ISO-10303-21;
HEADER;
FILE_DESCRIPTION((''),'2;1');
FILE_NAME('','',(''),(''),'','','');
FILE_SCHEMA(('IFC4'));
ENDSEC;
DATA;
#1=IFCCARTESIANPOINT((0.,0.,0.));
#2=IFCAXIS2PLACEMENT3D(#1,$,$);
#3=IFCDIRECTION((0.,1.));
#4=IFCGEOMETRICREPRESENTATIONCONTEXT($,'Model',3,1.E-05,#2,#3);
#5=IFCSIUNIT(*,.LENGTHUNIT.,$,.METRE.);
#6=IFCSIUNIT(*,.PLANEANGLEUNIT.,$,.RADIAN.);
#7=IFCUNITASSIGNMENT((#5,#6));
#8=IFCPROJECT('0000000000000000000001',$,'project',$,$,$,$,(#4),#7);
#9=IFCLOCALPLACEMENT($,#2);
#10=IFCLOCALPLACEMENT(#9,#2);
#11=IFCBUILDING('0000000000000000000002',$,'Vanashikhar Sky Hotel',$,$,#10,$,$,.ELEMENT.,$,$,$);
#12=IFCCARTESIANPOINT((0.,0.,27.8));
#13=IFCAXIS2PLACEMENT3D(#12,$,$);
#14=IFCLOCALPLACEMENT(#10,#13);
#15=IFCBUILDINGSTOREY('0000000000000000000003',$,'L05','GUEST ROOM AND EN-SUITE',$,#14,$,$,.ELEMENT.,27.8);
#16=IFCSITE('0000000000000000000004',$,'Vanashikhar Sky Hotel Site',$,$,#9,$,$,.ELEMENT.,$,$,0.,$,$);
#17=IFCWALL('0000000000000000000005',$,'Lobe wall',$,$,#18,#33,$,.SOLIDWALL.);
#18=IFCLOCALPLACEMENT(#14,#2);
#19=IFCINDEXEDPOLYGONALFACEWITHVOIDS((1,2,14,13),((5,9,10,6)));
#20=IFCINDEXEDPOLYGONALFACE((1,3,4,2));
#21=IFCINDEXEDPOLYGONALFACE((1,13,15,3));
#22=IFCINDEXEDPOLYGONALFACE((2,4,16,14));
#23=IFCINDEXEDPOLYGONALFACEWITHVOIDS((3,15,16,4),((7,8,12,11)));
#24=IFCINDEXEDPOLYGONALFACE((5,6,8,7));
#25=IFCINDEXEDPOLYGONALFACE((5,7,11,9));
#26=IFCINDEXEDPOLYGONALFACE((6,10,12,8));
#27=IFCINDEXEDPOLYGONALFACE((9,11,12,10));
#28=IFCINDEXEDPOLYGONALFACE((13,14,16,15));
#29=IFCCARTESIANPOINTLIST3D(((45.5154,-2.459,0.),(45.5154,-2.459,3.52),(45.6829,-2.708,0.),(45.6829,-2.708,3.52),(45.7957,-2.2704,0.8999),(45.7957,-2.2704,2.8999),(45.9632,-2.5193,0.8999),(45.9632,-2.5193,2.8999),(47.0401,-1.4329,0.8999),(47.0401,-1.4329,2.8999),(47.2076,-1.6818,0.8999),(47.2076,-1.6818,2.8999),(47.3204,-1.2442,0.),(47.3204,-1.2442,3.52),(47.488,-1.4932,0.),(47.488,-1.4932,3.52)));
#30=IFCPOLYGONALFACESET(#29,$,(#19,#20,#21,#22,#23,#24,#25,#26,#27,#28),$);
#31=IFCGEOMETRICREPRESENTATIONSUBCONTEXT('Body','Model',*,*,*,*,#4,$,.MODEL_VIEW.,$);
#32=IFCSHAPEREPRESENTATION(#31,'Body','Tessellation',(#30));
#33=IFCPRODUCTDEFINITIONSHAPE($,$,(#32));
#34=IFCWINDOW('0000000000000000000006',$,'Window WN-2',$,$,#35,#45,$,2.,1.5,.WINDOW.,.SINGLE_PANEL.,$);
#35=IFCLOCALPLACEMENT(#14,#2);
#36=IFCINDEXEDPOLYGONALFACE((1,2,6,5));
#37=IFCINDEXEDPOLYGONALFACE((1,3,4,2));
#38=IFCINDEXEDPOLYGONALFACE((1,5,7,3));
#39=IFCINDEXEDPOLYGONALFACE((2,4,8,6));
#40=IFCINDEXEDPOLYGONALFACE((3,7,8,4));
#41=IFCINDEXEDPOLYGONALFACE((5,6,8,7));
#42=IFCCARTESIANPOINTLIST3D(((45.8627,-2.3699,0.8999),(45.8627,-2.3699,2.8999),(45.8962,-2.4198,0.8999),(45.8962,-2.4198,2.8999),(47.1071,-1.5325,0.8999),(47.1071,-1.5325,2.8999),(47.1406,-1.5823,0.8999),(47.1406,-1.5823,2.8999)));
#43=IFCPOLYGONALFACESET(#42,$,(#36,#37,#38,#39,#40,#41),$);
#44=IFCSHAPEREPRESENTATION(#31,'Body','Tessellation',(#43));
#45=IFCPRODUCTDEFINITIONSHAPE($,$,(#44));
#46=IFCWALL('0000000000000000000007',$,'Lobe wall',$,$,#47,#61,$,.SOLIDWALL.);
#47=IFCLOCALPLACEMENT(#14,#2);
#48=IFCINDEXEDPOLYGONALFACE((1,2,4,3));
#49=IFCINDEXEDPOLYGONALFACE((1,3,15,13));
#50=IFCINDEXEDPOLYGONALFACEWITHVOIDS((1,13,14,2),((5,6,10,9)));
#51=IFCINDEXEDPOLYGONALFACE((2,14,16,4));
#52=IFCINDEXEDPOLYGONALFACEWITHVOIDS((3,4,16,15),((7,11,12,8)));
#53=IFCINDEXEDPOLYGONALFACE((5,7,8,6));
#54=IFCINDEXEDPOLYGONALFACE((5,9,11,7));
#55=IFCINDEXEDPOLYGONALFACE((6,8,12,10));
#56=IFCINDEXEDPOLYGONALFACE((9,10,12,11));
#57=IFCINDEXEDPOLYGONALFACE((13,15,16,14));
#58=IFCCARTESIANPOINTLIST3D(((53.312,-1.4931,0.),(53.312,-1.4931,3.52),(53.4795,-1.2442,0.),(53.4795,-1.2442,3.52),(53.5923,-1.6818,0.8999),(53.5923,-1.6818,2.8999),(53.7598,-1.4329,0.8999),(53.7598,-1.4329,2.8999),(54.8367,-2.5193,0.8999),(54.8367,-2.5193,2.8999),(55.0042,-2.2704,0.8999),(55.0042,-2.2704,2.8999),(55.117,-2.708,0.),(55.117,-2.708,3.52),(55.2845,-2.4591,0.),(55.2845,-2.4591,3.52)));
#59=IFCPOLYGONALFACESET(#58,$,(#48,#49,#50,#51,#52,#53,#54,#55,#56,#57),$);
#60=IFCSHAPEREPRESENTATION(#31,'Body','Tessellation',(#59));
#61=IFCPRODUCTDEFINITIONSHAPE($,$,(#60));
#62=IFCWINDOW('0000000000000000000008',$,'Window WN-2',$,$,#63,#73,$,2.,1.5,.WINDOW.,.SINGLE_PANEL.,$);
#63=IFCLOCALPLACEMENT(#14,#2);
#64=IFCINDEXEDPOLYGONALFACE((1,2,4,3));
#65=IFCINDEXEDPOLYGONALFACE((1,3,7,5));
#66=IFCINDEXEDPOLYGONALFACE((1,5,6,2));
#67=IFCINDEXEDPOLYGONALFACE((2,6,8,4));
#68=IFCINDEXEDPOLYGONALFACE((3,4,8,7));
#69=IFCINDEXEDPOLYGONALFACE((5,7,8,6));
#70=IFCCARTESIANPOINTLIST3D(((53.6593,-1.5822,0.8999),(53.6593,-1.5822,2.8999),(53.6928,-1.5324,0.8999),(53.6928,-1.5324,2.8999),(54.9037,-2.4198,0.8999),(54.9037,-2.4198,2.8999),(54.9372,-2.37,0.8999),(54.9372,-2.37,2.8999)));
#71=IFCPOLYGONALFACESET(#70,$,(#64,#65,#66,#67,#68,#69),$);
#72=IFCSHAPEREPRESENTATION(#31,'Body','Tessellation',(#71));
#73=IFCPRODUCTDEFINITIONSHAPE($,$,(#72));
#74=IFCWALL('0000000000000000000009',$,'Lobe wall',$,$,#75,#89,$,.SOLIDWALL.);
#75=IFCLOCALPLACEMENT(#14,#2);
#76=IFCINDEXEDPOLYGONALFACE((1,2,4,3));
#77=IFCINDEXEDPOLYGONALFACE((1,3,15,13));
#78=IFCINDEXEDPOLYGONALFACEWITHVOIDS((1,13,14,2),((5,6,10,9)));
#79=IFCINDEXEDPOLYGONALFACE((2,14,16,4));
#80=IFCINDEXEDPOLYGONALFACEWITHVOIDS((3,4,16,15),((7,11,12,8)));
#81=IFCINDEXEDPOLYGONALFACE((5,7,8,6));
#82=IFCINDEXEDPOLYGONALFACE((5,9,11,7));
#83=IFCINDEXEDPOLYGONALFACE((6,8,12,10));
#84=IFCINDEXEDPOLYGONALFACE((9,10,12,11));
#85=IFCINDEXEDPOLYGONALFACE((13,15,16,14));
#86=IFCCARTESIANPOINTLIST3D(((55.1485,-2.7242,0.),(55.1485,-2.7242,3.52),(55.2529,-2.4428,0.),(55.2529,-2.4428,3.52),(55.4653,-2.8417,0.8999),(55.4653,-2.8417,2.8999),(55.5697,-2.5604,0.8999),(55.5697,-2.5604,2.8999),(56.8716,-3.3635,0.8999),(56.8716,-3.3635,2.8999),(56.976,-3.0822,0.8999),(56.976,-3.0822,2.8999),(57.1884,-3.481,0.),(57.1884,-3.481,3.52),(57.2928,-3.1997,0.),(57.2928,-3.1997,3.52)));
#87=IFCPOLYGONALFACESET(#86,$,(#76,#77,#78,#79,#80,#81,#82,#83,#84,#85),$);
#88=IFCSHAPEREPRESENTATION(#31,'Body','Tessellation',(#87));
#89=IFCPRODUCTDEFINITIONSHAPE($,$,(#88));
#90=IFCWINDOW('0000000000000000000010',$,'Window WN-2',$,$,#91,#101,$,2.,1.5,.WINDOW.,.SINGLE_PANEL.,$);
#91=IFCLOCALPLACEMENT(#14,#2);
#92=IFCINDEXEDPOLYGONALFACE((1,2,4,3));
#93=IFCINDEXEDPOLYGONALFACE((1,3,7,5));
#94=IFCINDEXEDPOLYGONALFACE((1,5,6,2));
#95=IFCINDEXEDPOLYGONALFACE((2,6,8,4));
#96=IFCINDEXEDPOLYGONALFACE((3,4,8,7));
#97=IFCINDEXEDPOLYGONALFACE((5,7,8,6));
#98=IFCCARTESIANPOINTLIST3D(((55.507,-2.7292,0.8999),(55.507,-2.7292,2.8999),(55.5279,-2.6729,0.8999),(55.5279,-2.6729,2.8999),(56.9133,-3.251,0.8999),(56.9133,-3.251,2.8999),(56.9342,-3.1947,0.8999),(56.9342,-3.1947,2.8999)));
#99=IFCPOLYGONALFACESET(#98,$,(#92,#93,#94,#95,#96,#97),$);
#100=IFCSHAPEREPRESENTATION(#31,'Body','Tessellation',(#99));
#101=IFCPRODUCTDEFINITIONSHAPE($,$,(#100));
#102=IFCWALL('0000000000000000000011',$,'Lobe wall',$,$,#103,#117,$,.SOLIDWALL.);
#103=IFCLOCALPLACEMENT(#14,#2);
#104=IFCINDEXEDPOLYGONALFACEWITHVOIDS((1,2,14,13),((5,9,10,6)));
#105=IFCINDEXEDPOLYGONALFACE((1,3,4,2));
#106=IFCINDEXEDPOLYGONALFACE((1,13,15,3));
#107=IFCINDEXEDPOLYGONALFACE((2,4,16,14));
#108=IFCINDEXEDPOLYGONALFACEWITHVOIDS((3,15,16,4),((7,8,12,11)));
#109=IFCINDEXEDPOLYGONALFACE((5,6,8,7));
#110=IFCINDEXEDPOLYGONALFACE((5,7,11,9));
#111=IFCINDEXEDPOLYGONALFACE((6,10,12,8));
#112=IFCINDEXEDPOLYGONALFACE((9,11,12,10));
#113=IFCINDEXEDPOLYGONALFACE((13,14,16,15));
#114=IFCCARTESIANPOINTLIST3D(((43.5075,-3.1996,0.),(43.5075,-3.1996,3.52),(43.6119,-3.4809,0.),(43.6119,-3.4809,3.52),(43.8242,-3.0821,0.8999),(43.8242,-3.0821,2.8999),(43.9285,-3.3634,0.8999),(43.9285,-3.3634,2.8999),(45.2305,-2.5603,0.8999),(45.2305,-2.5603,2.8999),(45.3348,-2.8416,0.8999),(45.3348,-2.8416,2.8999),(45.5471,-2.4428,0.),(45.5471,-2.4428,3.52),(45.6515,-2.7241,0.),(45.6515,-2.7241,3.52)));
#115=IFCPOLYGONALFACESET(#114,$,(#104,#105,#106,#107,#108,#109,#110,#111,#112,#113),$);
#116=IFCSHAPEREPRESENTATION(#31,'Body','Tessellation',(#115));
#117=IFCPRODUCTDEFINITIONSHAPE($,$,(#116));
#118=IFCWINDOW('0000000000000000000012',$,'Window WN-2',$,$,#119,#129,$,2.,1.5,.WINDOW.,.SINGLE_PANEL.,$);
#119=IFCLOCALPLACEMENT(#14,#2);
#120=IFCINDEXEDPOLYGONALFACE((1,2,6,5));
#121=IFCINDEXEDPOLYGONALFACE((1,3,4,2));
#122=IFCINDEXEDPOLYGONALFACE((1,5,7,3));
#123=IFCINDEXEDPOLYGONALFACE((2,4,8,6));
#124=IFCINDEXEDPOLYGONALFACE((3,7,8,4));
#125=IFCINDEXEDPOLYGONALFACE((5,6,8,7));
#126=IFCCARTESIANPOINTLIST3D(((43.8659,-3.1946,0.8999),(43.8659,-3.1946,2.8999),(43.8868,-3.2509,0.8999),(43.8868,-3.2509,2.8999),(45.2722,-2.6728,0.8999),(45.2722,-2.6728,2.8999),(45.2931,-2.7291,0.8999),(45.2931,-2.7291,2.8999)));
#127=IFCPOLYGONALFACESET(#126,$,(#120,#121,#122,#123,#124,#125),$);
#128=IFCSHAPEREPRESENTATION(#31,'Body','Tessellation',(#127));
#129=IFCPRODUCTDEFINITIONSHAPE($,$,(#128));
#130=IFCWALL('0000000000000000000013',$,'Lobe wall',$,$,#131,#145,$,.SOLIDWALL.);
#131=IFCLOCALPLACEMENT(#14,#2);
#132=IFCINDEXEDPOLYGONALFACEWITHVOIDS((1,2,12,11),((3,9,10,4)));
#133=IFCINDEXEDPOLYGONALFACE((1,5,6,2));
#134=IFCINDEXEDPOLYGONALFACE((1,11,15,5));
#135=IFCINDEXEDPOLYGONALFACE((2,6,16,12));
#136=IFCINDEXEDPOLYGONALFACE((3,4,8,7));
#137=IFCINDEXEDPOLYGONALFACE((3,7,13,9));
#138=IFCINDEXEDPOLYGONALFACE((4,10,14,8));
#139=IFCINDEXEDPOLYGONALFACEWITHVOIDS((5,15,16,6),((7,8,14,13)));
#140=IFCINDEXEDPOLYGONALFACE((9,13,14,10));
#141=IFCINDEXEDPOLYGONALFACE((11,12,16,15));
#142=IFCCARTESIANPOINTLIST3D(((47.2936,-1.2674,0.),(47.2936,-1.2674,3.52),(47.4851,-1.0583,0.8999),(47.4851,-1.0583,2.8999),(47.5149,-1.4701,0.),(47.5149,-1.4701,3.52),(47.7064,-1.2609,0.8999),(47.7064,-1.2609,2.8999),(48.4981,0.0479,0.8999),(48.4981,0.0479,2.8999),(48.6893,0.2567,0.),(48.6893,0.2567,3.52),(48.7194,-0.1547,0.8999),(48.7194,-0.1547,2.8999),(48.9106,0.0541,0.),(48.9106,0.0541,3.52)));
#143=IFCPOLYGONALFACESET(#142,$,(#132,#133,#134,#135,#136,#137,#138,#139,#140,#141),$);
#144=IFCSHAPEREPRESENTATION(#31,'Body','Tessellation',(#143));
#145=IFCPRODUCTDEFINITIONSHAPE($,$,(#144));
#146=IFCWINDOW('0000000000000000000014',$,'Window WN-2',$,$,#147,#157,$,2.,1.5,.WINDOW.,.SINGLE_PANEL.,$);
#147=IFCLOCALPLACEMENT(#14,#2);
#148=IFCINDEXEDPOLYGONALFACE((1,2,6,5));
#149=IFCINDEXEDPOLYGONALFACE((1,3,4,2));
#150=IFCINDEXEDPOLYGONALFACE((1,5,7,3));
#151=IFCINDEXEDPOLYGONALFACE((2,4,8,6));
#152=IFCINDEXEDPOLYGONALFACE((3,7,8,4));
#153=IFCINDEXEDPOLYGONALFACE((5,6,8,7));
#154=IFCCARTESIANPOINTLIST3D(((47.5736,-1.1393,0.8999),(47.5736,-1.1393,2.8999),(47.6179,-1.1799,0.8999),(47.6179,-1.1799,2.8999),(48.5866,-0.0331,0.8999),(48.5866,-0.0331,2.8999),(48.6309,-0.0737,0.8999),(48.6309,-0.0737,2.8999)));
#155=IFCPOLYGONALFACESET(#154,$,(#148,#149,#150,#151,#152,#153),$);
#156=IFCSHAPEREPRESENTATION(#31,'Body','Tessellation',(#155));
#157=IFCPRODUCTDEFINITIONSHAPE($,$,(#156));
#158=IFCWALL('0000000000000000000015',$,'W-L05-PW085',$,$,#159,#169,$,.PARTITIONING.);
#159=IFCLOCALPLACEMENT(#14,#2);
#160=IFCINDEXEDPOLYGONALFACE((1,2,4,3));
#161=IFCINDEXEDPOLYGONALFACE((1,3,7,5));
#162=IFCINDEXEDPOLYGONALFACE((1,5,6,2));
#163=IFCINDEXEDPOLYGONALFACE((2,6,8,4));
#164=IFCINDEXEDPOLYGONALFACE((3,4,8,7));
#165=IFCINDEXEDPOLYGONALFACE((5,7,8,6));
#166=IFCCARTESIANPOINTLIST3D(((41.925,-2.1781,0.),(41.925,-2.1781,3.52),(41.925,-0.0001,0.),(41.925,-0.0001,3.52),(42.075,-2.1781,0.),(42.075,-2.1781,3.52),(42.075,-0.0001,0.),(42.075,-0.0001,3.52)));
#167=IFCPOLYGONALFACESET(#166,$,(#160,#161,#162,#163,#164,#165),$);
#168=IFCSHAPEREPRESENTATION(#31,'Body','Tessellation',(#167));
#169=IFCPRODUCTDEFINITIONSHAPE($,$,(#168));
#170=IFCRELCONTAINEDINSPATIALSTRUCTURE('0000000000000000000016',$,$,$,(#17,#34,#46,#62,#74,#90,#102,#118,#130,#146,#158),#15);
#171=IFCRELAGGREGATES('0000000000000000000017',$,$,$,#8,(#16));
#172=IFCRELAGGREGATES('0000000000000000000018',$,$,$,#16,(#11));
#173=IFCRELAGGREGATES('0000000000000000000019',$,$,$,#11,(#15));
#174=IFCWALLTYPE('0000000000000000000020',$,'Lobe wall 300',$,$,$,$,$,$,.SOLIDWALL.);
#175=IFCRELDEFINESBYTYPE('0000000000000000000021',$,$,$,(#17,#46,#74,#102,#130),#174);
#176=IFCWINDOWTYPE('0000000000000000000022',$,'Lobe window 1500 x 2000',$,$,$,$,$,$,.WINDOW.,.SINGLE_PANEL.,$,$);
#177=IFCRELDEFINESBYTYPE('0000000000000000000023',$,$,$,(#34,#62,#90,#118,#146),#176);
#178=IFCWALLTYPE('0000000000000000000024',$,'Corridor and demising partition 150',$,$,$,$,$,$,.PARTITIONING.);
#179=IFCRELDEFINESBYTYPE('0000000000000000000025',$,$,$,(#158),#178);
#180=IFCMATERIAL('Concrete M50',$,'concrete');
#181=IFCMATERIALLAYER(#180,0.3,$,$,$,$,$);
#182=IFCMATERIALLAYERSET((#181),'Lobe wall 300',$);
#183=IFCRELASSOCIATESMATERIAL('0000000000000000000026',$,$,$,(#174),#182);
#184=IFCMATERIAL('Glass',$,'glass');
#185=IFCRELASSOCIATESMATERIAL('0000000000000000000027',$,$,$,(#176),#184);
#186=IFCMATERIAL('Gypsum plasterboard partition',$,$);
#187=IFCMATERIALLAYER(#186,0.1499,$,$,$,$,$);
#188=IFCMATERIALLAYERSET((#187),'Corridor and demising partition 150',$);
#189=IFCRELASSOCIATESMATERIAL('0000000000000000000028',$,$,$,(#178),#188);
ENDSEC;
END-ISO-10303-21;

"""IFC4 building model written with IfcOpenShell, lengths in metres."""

from ifc_helpers import new_model, si_unit, direction, frame, frame_2d, origin, place, context, subcontext, project, spatial, rectangle, extrude, source, transform, mapped, material, layer, layer_set, type_object, element, fill, save


model = new_model("IFC4")

# Units and contexts
model_context = context("Model", 3, precision=1e-05, world=origin(), true_north=direction((0.0, 1.0)))
body_context = subcontext(model_context, "Body", "Model", "MODEL_VIEW")
ifc_project = project(units=[si_unit("LENGTHUNIT", "METRE"), si_unit("PLANEANGLEUNIT", "RADIAN")], contexts=[model_context])

# Site, building, storey
site_placement = place(None, origin())
site = spatial("IfcSite", under=ifc_project, at=site_placement, Name="Vanashikhar Sky Hotel Site", CompositionType="ELEMENT", RefElevation=0.0)
building_placement = place(site_placement, origin())
building = spatial("IfcBuilding", under=site, at=building_placement, Name="Vanashikhar Sky Hotel", CompositionType="ELEMENT")
storey_placement = place(building_placement, frame((0.0, 0.0, 27.8)))
storey = spatial("IfcBuildingStorey", under=building, at=storey_placement, Name="L05", Description="GUEST ROOM AND EN-SUITE", CompositionType="ELEMENT", Elevation=27.8)

# Walls, openings, windows
ifc_material_1 = material(Name="Concrete M50", Category="concrete")
ifc_layer_1 = layer(ifc_material_1, 0.3)
ifc_layer_set_1 = layer_set([ifc_layer_1], Name="Lobe wall 300")
wall_type_1 = type_object("IfcWallType", Name="Lobe wall 300", PredefinedType="SOLIDWALL", material=ifc_layer_set_1)
shared_shape_1 = source(origin(), body_context, "Body", "SweptSolid", [
    extrude(rectangle(XDim=2.1758, YDim=0.3, at=frame_2d((1.0879, 0.0))), origin(), (0.0, 0.0, 1.0), 3.52),
])
wall_1_placement = place(storey_placement, frame((45.5991, -2.5835, 0.0), z_axis=(0.0, 0.0, 1.0), x_axis=(0.829626, 0.55832, 0.0)))
wall_1 = element("IfcWall", 1, at=wall_1_placement, inside=storey, type_object=wall_type_1, Name="Lobe wall", PredefinedType="SOLIDWALL", context=body_context, shape_type="MappedRepresentation", body=[
    mapped(shared_shape_1, transform((0.0, 0.0, 0.0), scale=1.0)),
])
shared_shape_2 = source(origin(), body_context, "Body", "SweptSolid", [
    extrude(rectangle(XDim=1.5, YDim=2.0, at=frame_2d((0.75, 1.0))), frame((0.0, 0.1602, 0.0), z_axis=(0.0, -1.0, 0.0), x_axis=(1.0, 0.0, 0.0)), (0.0, 0.0, 1.0), 0.3201),
])
opening_1_placement = place(wall_1_placement, frame((0.3379, 0.0, 0.8999)))
opening_1 = element("IfcOpeningElement", 2, at=opening_1_placement, cuts=wall_1, PredefinedType="OPENING", context=body_context, shape_type="MappedRepresentation", body=[
    mapped(shared_shape_2, transform((0.0, 0.0, 0.0), scale=1.0)),
])
ifc_material_2 = material(Name="Glass", Category="glass")
window_type = type_object("IfcWindowType", Name="Lobe window 1500 x 2000", PartitioningType="SINGLE_PANEL", PredefinedType="WINDOW", material=ifc_material_2)
shared_shape_3 = source(origin(), body_context, "Body", "SweptSolid", [
    extrude(rectangle(XDim=1.5, YDim=2.0, at=frame_2d((0.75, 1.0))), frame((0.0, 0.03, 0.0), z_axis=(0.0, -1.0, 0.0), x_axis=(1.0, 0.0, 0.0)), (0.0, 0.0, 1.0), 0.0601),
])
window_1_placement = place(opening_1_placement, origin())
window_1 = element("IfcWindow", 3, at=window_1_placement, inside=storey, type_object=window_type, Name="Window WN-2", OverallHeight=2.0, OverallWidth=1.5, PartitioningType="SINGLE_PANEL", PredefinedType="WINDOW", context=body_context, shape_type="MappedRepresentation", body=[
    mapped(shared_shape_3, transform((0.0, 0.0, 0.0), scale=1.0)),
])
fill(opening_1, window_1)
wall_2_placement = place(storey_placement, frame((53.3958, -1.3687, 0.0), z_axis=(0.0, 0.0, 1.0), x_axis=(0.829591, -0.558372, 0.0)))
wall_2 = element("IfcWall", 4, at=wall_2_placement, inside=storey, type_object=wall_type_1, Name="Lobe wall", PredefinedType="SOLIDWALL", context=body_context, shape_type="MappedRepresentation", body=[
    mapped(shared_shape_1, transform((0.0, 0.0, 0.0), scale=1.0)),
])
opening_2_placement = place(wall_2_placement, frame((0.3379, 0.0, 0.8999)))
opening_2 = element("IfcOpeningElement", 5, at=opening_2_placement, cuts=wall_2, PredefinedType="OPENING", context=body_context, shape_type="MappedRepresentation", body=[
    mapped(shared_shape_2, transform((0.0, 0.0, 0.0), scale=1.0)),
])
window_2_placement = place(opening_2_placement, origin())
window_2 = element("IfcWindow", 6, at=window_2_placement, inside=storey, type_object=window_type, Name="Window WN-2", OverallHeight=2.0, OverallWidth=1.5, PartitioningType="SINGLE_PANEL", PredefinedType="WINDOW", context=body_context, shape_type="MappedRepresentation", body=[
    mapped(shared_shape_3, transform((0.0, 0.0, 0.0), scale=1.0)),
])
fill(opening_2, window_2)
wall_3_placement = place(storey_placement, frame((55.2007, -2.5835, 0.0), z_axis=(0.0, 0.0, 1.0), x_axis=(0.937546, -0.347863, 0.0)))
wall_3 = element("IfcWall", 7, at=wall_3_placement, inside=storey, type_object=wall_type_1, Name="Lobe wall", PredefinedType="SOLIDWALL", context=body_context, shape_type="MappedRepresentation", body=[
    mapped(shared_shape_1, transform((0.0, 0.0, 0.0), scale=1.0)),
])
opening_3_placement = place(wall_3_placement, frame((0.3379, 0.0, 0.8999)))
opening_3 = element("IfcOpeningElement", 8, at=opening_3_placement, cuts=wall_3, PredefinedType="OPENING", context=body_context, shape_type="MappedRepresentation", body=[
    mapped(shared_shape_2, transform((0.0, 0.0, 0.0), scale=1.0)),
])
window_3_placement = place(opening_3_placement, origin())
window_3 = element("IfcWindow", 9, at=window_3_placement, inside=storey, type_object=window_type, Name="Window WN-2", OverallHeight=2.0, OverallWidth=1.5, PartitioningType="SINGLE_PANEL", PredefinedType="WINDOW", context=body_context, shape_type="MappedRepresentation", body=[
    mapped(shared_shape_3, transform((0.0, 0.0, 0.0), scale=1.0)),
])
fill(opening_3, window_3)
shared_shape_4 = source(origin(), body_context, "Body", "SweptSolid", [
    extrude(rectangle(XDim=2.1755, YDim=0.3, at=frame_2d((1.0879, 0.0))), origin(), (0.0, 0.0, 1.0), 3.52),
])
wall_4_placement = place(storey_placement, frame((43.5596, -3.3403, 0.0), z_axis=(0.0, 0.0, 1.0), x_axis=(0.937532, 0.347899, 0.0)))
wall_4 = element("IfcWall", 10, at=wall_4_placement, inside=storey, type_object=wall_type_1, Name="Lobe wall", PredefinedType="SOLIDWALL", context=body_context, shape_type="MappedRepresentation", body=[
    mapped(shared_shape_4, transform((0.0, 0.0, 0.0), scale=1.0)),
])
opening_4_placement = place(wall_4_placement, frame((0.3379, 0.0, 0.8999)))
opening_4 = element("IfcOpeningElement", 11, at=opening_4_placement, cuts=wall_4, PredefinedType="OPENING", context=body_context, shape_type="MappedRepresentation", body=[
    mapped(shared_shape_2, transform((0.0, 0.0, 0.0), scale=1.0)),
])
window_4_placement = place(opening_4_placement, origin())
window_4 = element("IfcWindow", 12, at=window_4_placement, inside=storey, type_object=window_type, Name="Window WN-2", OverallHeight=2.0, OverallWidth=1.5, PartitioningType="SINGLE_PANEL", PredefinedType="WINDOW", context=body_context, shape_type="MappedRepresentation", body=[
    mapped(shared_shape_3, transform((0.0, 0.0, 0.0), scale=1.0)),
])
fill(opening_4, window_4)
shared_shape_5 = source(origin(), body_context, "Body", "SweptSolid", [
    extrude(rectangle(XDim=2.0667, YDim=0.3, at=frame_2d((1.0332, 0.0))), origin(), (0.0, 0.0, 1.0), 3.52),
])
wall_5_placement = place(storey_placement, frame((47.4043, -1.3687, 0.0), z_axis=(0.0, 0.0, 1.0), x_axis=(0.675355, 0.737492, 0.0)))
wall_5 = element("IfcWall", 13, at=wall_5_placement, inside=storey, type_object=wall_type_1, Name="Lobe wall", PredefinedType="SOLIDWALL", context=body_context, shape_type="MappedRepresentation", body=[
    mapped(shared_shape_5, transform((0.0, 0.0, 0.0), scale=1.0)),
])
opening_5_placement = place(wall_5_placement, frame((0.2834, 0.0, 0.8999)))
opening_5 = element("IfcOpeningElement", 14, at=opening_5_placement, cuts=wall_5, PredefinedType="OPENING", context=body_context, shape_type="MappedRepresentation", body=[
    mapped(shared_shape_2, transform((0.0, 0.0, 0.0), scale=1.0)),
])
window_5_placement = place(opening_5_placement, origin())
window_5 = element("IfcWindow", 15, at=window_5_placement, inside=storey, type_object=window_type, Name="Window WN-2", OverallHeight=2.0, OverallWidth=1.5, PartitioningType="SINGLE_PANEL", PredefinedType="WINDOW", context=body_context, shape_type="MappedRepresentation", body=[
    mapped(shared_shape_3, transform((0.0, 0.0, 0.0), scale=1.0)),
])
fill(opening_5, window_5)

# Wall
ifc_material_3 = material(Name="Gypsum plasterboard partition")
ifc_layer_2 = layer(ifc_material_3, 0.1499)
ifc_layer_set_2 = layer_set([ifc_layer_2], Name="Corridor and demising partition 150")
wall_type_2 = type_object("IfcWallType", Name="Corridor and demising partition 150", PredefinedType="PARTITIONING", material=ifc_layer_set_2)
shared_shape_6 = source(origin(), body_context, "Body", "SweptSolid", [
    extrude(rectangle(XDim=2.178, YDim=0.1499, at=frame_2d((1.0889, 0.0))), origin(), (0.0, 0.0, 1.0), 3.52),
])
wall_6_placement = place(storey_placement, frame((42.0, -2.178, 0.0), z_axis=(0.0, 0.0, 1.0), x_axis=(0.0, 1.0, 0.0)))
element("IfcWall", 16, at=wall_6_placement, inside=storey, type_object=wall_type_2, Name="W-L05-PW085", PredefinedType="PARTITIONING", context=body_context, shape_type="MappedRepresentation", body=[
    mapped(shared_shape_6, transform((0.0, 0.0, 0.0), scale=1.0)),
])

save(model, "model.ifc")
